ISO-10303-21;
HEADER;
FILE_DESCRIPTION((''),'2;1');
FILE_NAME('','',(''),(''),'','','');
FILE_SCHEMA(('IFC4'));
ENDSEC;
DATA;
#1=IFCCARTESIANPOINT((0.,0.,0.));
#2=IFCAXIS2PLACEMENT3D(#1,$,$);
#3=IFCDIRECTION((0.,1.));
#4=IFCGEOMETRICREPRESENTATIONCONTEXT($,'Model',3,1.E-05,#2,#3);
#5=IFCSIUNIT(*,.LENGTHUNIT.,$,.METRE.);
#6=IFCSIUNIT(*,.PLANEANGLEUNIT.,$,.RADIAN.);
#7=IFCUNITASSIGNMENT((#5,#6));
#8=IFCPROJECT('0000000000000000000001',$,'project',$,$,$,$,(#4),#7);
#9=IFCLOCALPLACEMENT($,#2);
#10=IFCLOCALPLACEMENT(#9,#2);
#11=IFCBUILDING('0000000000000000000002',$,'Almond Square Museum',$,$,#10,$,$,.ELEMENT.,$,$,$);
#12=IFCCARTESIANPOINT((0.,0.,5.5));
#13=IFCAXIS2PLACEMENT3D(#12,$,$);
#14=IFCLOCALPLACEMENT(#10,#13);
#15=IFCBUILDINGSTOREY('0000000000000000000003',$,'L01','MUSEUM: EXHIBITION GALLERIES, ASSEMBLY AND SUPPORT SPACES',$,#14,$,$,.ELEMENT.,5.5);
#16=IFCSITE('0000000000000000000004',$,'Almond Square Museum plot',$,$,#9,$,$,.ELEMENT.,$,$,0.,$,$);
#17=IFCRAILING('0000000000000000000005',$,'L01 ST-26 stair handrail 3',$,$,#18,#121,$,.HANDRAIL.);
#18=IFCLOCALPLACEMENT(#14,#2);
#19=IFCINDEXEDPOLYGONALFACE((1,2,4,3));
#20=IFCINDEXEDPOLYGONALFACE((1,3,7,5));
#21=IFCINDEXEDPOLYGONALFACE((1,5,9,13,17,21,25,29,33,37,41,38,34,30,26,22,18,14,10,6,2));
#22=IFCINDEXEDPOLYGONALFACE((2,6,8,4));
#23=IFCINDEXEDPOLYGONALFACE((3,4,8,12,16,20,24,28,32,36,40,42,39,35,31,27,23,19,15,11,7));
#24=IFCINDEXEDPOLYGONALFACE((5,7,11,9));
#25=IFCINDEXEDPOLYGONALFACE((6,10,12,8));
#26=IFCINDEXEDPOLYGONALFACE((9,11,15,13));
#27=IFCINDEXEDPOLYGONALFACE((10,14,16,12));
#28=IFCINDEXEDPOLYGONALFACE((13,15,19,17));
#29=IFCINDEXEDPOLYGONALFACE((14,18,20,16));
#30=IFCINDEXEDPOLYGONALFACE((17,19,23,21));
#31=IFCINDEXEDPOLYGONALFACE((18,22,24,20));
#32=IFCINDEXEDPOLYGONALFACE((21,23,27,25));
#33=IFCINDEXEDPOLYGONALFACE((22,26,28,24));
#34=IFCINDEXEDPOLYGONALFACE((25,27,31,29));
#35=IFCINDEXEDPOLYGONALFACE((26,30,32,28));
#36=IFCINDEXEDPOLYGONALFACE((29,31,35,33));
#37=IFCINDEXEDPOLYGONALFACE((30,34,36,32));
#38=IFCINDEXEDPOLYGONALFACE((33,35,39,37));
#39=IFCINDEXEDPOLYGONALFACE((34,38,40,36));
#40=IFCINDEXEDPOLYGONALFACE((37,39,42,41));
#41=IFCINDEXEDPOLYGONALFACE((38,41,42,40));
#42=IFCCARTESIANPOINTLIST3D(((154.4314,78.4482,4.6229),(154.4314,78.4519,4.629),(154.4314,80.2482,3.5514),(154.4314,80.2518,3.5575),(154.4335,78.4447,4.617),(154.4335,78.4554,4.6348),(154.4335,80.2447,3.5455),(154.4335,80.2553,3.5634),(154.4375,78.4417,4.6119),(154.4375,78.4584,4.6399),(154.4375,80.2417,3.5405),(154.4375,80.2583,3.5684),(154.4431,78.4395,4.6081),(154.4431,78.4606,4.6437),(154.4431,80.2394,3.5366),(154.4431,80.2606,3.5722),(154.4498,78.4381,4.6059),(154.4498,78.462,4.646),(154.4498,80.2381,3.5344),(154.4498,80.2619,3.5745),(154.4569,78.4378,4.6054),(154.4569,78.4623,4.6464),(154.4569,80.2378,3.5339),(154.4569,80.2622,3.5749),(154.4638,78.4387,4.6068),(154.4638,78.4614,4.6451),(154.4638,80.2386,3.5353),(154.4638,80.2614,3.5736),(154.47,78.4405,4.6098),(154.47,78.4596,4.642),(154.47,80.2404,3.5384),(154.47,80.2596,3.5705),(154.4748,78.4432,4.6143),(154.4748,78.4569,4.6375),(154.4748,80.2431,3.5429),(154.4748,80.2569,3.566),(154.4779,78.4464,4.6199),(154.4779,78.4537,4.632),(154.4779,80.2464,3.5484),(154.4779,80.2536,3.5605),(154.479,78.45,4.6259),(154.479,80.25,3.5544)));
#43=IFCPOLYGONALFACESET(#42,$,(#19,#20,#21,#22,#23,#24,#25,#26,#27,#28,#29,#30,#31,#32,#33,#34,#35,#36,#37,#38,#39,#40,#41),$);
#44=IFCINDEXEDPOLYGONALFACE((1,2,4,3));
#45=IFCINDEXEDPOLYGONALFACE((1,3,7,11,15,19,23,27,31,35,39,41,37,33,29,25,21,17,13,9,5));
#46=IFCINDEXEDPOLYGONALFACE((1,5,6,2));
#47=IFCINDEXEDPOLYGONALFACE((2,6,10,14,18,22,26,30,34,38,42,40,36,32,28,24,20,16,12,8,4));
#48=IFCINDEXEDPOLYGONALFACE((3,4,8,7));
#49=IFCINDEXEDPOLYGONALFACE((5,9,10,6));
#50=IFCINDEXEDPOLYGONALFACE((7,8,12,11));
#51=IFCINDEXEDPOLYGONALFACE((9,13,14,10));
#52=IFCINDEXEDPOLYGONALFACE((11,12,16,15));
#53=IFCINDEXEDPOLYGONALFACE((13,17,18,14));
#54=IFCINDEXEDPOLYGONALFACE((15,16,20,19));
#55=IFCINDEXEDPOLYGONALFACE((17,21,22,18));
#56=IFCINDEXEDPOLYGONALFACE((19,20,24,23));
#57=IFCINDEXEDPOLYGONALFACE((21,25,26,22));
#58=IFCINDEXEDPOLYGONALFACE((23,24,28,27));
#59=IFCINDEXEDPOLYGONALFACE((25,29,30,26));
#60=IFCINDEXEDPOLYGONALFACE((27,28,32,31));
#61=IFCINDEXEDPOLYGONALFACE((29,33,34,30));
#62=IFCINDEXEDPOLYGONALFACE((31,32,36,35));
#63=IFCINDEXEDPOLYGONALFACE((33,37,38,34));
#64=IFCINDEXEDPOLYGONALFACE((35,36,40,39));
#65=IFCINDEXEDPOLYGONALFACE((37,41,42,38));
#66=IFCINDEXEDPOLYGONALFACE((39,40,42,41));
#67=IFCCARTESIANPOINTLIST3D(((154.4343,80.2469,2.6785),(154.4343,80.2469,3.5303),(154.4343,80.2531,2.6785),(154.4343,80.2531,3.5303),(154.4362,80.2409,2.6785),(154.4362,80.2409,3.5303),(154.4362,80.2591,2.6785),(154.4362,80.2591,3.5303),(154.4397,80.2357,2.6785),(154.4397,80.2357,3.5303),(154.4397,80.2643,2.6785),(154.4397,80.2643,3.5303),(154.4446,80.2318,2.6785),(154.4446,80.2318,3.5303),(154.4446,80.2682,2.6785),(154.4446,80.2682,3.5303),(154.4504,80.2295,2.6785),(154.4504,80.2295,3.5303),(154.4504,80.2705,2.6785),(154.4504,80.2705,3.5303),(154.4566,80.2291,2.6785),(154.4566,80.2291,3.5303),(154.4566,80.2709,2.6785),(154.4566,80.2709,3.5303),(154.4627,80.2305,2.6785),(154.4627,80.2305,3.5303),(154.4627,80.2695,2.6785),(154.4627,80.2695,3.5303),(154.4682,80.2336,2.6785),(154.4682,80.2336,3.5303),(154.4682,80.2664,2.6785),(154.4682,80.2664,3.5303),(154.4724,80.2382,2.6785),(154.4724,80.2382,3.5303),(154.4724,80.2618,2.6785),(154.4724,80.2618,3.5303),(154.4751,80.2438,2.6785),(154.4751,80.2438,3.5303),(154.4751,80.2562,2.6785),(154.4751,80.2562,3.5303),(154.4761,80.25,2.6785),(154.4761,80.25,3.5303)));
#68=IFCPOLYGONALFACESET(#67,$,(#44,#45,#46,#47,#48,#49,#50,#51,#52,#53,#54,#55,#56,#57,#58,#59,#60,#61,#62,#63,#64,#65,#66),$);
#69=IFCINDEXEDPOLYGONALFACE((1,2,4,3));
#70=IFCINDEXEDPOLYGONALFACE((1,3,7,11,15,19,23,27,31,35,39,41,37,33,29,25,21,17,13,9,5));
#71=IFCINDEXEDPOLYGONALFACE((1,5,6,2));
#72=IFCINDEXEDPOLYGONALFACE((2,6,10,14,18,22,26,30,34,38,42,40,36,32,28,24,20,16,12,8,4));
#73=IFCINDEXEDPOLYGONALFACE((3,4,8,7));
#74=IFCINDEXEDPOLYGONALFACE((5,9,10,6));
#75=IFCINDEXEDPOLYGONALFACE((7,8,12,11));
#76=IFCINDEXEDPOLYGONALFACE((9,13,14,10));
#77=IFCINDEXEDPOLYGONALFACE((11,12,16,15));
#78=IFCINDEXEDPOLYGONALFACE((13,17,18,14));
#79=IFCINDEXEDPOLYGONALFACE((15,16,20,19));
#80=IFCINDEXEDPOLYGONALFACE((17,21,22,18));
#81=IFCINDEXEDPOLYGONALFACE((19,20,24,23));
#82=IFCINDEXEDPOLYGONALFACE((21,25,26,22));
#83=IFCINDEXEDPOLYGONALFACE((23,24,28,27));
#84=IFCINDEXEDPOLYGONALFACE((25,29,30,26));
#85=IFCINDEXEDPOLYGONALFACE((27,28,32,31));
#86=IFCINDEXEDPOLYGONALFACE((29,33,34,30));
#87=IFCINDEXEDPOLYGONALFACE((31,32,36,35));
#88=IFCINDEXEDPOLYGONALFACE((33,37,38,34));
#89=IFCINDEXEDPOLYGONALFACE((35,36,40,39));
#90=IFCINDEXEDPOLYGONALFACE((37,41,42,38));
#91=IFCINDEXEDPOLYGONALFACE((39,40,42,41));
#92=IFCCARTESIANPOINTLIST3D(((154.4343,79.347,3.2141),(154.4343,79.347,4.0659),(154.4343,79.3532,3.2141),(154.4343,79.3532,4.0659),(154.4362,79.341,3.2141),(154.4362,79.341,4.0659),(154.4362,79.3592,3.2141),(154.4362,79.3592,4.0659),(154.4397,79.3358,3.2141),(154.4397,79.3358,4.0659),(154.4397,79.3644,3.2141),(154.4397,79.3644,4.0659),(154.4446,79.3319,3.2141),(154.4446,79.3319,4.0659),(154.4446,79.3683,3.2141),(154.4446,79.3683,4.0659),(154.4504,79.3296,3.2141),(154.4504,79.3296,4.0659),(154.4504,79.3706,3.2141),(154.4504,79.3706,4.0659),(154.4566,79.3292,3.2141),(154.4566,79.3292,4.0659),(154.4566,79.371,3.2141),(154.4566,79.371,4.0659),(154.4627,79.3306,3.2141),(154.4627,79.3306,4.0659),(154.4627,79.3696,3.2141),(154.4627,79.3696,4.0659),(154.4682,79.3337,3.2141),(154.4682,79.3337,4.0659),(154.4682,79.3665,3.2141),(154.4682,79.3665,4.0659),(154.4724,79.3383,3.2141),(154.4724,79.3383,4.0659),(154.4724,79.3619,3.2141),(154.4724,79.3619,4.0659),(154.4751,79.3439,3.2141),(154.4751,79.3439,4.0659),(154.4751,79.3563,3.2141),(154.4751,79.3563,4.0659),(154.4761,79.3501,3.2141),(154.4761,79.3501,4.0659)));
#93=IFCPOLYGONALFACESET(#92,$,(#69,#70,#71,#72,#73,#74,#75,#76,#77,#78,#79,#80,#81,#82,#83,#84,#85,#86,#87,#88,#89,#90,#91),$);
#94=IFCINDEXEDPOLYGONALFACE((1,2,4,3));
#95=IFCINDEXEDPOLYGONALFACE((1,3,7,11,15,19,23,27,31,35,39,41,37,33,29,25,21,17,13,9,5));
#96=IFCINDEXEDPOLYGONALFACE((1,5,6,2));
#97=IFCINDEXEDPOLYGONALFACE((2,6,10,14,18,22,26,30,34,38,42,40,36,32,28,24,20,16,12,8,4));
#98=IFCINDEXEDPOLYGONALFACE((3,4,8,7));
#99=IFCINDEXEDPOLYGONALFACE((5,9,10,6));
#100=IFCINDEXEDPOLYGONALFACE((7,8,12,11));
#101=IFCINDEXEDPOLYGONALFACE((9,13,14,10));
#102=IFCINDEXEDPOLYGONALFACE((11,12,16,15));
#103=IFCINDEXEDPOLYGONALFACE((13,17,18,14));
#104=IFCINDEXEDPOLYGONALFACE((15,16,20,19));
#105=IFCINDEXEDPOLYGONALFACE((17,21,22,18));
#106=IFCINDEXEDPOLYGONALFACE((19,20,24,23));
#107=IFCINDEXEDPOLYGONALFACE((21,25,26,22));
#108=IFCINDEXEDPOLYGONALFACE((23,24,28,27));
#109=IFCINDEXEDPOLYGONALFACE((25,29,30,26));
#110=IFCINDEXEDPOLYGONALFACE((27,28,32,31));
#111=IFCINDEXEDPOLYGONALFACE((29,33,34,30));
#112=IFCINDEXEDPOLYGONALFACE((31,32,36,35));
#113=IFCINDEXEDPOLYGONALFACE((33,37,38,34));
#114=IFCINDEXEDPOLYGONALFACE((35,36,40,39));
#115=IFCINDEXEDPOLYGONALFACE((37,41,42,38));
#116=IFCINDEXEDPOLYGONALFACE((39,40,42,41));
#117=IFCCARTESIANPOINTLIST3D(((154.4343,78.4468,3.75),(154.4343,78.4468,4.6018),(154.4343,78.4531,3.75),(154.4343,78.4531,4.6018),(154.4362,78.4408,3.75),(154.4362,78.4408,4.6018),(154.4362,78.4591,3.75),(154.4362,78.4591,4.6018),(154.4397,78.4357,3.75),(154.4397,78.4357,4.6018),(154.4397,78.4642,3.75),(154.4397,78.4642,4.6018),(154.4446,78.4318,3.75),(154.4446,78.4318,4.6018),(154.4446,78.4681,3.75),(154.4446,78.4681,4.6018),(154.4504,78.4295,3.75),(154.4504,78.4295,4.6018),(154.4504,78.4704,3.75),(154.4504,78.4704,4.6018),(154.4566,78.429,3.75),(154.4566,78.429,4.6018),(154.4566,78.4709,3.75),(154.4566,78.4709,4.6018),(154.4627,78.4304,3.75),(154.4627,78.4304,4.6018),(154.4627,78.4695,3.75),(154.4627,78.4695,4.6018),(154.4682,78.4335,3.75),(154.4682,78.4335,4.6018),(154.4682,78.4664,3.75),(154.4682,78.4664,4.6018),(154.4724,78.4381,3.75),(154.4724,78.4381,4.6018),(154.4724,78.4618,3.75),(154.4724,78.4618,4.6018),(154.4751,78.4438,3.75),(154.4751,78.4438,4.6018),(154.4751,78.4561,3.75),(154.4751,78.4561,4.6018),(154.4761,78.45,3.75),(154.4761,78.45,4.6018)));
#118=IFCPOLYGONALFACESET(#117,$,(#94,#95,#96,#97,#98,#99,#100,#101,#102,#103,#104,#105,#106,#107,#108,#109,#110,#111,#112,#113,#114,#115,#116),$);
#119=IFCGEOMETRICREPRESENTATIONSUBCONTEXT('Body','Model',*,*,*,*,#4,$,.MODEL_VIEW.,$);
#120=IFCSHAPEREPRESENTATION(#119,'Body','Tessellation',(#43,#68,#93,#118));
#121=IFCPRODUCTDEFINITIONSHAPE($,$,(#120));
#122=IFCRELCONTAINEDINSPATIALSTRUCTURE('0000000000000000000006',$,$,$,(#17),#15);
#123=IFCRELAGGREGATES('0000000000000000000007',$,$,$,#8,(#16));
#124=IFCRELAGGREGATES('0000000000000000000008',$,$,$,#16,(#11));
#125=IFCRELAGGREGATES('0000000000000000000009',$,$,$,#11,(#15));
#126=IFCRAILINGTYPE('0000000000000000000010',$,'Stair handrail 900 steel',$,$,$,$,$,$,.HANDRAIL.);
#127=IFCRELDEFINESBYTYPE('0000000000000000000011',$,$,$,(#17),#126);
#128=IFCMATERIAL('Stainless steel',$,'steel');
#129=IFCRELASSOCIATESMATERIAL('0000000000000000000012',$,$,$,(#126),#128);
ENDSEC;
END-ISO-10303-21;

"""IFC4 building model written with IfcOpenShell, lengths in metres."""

from ifc_helpers import new_model, si_unit, direction, frame, origin, origin_2d, place, context, subcontext, project, spatial, circle, extrude, material, type_object, element, save


model = new_model("IFC4")

# Units and contexts
model_context = context("Model", 3, precision=1e-05, world=origin(), true_north=direction((0.0, 1.0)))
body_context = subcontext(model_context, "Body", "Model", "MODEL_VIEW")
ifc_project = project(units=[si_unit("LENGTHUNIT", "METRE"), si_unit("PLANEANGLEUNIT", "RADIAN")], contexts=[model_context])

# Site, building, storey
site_placement = place(None, origin())
site = spatial("IfcSite", under=ifc_project, at=site_placement, Name="Almond Square Museum plot", CompositionType="ELEMENT", RefElevation=0.0)
building_placement = place(site_placement, origin())
building = spatial("IfcBuilding", under=site, at=building_placement, Name="Almond Square Museum", CompositionType="ELEMENT")
storey_placement = place(building_placement, frame((0.0, 0.0, 5.5)))
storey = spatial("IfcBuildingStorey", under=building, at=storey_placement, Name="L01", Description="MUSEUM: EXHIBITION GALLERIES, ASSEMBLY AND SUPPORT SPACES", CompositionType="ELEMENT", Elevation=5.5)

# Railing
ifc_material_1 = material(Name="Stainless steel", Category="steel")
railing_type_1 = type_object("IfcRailingType", Name="Stair handrail 900 steel", PredefinedType="HANDRAIL", material=ifc_material_1)
railing_1_placement = place(storey_placement, frame((154.4551, 80.25, 2.6785)))
element("IfcRailing", 1, at=railing_1_placement, inside=storey, type_object=railing_type_1, Name="L01 ST-26 stair handrail 3", PredefinedType="HANDRAIL", context=body_context, shape_type="SweptSolid", body=[
    extrude(circle(Radius=0.0239, at=origin_2d()), frame((0.0, 0.0, 0.876), z_axis=(0.0, -0.859277, 0.51151), x_axis=(1.0, 0.0, 0.0)), (0.0, 0.0, 1.0), 2.0947),
    extrude(circle(Radius=0.021, at=origin_2d()), origin(), (0.0, 0.0, 1.0), 0.8518),
    extrude(circle(Radius=0.021, at=origin_2d()), frame((0.0, -0.8999, 0.5356)), (0.0, 0.0, 1.0), 0.8518),
    extrude(circle(Radius=0.021, at=origin_2d()), frame((0.0, -1.8, 1.0715)), (0.0, 0.0, 1.0), 0.8518),
])

save(model, "model.ifc")
